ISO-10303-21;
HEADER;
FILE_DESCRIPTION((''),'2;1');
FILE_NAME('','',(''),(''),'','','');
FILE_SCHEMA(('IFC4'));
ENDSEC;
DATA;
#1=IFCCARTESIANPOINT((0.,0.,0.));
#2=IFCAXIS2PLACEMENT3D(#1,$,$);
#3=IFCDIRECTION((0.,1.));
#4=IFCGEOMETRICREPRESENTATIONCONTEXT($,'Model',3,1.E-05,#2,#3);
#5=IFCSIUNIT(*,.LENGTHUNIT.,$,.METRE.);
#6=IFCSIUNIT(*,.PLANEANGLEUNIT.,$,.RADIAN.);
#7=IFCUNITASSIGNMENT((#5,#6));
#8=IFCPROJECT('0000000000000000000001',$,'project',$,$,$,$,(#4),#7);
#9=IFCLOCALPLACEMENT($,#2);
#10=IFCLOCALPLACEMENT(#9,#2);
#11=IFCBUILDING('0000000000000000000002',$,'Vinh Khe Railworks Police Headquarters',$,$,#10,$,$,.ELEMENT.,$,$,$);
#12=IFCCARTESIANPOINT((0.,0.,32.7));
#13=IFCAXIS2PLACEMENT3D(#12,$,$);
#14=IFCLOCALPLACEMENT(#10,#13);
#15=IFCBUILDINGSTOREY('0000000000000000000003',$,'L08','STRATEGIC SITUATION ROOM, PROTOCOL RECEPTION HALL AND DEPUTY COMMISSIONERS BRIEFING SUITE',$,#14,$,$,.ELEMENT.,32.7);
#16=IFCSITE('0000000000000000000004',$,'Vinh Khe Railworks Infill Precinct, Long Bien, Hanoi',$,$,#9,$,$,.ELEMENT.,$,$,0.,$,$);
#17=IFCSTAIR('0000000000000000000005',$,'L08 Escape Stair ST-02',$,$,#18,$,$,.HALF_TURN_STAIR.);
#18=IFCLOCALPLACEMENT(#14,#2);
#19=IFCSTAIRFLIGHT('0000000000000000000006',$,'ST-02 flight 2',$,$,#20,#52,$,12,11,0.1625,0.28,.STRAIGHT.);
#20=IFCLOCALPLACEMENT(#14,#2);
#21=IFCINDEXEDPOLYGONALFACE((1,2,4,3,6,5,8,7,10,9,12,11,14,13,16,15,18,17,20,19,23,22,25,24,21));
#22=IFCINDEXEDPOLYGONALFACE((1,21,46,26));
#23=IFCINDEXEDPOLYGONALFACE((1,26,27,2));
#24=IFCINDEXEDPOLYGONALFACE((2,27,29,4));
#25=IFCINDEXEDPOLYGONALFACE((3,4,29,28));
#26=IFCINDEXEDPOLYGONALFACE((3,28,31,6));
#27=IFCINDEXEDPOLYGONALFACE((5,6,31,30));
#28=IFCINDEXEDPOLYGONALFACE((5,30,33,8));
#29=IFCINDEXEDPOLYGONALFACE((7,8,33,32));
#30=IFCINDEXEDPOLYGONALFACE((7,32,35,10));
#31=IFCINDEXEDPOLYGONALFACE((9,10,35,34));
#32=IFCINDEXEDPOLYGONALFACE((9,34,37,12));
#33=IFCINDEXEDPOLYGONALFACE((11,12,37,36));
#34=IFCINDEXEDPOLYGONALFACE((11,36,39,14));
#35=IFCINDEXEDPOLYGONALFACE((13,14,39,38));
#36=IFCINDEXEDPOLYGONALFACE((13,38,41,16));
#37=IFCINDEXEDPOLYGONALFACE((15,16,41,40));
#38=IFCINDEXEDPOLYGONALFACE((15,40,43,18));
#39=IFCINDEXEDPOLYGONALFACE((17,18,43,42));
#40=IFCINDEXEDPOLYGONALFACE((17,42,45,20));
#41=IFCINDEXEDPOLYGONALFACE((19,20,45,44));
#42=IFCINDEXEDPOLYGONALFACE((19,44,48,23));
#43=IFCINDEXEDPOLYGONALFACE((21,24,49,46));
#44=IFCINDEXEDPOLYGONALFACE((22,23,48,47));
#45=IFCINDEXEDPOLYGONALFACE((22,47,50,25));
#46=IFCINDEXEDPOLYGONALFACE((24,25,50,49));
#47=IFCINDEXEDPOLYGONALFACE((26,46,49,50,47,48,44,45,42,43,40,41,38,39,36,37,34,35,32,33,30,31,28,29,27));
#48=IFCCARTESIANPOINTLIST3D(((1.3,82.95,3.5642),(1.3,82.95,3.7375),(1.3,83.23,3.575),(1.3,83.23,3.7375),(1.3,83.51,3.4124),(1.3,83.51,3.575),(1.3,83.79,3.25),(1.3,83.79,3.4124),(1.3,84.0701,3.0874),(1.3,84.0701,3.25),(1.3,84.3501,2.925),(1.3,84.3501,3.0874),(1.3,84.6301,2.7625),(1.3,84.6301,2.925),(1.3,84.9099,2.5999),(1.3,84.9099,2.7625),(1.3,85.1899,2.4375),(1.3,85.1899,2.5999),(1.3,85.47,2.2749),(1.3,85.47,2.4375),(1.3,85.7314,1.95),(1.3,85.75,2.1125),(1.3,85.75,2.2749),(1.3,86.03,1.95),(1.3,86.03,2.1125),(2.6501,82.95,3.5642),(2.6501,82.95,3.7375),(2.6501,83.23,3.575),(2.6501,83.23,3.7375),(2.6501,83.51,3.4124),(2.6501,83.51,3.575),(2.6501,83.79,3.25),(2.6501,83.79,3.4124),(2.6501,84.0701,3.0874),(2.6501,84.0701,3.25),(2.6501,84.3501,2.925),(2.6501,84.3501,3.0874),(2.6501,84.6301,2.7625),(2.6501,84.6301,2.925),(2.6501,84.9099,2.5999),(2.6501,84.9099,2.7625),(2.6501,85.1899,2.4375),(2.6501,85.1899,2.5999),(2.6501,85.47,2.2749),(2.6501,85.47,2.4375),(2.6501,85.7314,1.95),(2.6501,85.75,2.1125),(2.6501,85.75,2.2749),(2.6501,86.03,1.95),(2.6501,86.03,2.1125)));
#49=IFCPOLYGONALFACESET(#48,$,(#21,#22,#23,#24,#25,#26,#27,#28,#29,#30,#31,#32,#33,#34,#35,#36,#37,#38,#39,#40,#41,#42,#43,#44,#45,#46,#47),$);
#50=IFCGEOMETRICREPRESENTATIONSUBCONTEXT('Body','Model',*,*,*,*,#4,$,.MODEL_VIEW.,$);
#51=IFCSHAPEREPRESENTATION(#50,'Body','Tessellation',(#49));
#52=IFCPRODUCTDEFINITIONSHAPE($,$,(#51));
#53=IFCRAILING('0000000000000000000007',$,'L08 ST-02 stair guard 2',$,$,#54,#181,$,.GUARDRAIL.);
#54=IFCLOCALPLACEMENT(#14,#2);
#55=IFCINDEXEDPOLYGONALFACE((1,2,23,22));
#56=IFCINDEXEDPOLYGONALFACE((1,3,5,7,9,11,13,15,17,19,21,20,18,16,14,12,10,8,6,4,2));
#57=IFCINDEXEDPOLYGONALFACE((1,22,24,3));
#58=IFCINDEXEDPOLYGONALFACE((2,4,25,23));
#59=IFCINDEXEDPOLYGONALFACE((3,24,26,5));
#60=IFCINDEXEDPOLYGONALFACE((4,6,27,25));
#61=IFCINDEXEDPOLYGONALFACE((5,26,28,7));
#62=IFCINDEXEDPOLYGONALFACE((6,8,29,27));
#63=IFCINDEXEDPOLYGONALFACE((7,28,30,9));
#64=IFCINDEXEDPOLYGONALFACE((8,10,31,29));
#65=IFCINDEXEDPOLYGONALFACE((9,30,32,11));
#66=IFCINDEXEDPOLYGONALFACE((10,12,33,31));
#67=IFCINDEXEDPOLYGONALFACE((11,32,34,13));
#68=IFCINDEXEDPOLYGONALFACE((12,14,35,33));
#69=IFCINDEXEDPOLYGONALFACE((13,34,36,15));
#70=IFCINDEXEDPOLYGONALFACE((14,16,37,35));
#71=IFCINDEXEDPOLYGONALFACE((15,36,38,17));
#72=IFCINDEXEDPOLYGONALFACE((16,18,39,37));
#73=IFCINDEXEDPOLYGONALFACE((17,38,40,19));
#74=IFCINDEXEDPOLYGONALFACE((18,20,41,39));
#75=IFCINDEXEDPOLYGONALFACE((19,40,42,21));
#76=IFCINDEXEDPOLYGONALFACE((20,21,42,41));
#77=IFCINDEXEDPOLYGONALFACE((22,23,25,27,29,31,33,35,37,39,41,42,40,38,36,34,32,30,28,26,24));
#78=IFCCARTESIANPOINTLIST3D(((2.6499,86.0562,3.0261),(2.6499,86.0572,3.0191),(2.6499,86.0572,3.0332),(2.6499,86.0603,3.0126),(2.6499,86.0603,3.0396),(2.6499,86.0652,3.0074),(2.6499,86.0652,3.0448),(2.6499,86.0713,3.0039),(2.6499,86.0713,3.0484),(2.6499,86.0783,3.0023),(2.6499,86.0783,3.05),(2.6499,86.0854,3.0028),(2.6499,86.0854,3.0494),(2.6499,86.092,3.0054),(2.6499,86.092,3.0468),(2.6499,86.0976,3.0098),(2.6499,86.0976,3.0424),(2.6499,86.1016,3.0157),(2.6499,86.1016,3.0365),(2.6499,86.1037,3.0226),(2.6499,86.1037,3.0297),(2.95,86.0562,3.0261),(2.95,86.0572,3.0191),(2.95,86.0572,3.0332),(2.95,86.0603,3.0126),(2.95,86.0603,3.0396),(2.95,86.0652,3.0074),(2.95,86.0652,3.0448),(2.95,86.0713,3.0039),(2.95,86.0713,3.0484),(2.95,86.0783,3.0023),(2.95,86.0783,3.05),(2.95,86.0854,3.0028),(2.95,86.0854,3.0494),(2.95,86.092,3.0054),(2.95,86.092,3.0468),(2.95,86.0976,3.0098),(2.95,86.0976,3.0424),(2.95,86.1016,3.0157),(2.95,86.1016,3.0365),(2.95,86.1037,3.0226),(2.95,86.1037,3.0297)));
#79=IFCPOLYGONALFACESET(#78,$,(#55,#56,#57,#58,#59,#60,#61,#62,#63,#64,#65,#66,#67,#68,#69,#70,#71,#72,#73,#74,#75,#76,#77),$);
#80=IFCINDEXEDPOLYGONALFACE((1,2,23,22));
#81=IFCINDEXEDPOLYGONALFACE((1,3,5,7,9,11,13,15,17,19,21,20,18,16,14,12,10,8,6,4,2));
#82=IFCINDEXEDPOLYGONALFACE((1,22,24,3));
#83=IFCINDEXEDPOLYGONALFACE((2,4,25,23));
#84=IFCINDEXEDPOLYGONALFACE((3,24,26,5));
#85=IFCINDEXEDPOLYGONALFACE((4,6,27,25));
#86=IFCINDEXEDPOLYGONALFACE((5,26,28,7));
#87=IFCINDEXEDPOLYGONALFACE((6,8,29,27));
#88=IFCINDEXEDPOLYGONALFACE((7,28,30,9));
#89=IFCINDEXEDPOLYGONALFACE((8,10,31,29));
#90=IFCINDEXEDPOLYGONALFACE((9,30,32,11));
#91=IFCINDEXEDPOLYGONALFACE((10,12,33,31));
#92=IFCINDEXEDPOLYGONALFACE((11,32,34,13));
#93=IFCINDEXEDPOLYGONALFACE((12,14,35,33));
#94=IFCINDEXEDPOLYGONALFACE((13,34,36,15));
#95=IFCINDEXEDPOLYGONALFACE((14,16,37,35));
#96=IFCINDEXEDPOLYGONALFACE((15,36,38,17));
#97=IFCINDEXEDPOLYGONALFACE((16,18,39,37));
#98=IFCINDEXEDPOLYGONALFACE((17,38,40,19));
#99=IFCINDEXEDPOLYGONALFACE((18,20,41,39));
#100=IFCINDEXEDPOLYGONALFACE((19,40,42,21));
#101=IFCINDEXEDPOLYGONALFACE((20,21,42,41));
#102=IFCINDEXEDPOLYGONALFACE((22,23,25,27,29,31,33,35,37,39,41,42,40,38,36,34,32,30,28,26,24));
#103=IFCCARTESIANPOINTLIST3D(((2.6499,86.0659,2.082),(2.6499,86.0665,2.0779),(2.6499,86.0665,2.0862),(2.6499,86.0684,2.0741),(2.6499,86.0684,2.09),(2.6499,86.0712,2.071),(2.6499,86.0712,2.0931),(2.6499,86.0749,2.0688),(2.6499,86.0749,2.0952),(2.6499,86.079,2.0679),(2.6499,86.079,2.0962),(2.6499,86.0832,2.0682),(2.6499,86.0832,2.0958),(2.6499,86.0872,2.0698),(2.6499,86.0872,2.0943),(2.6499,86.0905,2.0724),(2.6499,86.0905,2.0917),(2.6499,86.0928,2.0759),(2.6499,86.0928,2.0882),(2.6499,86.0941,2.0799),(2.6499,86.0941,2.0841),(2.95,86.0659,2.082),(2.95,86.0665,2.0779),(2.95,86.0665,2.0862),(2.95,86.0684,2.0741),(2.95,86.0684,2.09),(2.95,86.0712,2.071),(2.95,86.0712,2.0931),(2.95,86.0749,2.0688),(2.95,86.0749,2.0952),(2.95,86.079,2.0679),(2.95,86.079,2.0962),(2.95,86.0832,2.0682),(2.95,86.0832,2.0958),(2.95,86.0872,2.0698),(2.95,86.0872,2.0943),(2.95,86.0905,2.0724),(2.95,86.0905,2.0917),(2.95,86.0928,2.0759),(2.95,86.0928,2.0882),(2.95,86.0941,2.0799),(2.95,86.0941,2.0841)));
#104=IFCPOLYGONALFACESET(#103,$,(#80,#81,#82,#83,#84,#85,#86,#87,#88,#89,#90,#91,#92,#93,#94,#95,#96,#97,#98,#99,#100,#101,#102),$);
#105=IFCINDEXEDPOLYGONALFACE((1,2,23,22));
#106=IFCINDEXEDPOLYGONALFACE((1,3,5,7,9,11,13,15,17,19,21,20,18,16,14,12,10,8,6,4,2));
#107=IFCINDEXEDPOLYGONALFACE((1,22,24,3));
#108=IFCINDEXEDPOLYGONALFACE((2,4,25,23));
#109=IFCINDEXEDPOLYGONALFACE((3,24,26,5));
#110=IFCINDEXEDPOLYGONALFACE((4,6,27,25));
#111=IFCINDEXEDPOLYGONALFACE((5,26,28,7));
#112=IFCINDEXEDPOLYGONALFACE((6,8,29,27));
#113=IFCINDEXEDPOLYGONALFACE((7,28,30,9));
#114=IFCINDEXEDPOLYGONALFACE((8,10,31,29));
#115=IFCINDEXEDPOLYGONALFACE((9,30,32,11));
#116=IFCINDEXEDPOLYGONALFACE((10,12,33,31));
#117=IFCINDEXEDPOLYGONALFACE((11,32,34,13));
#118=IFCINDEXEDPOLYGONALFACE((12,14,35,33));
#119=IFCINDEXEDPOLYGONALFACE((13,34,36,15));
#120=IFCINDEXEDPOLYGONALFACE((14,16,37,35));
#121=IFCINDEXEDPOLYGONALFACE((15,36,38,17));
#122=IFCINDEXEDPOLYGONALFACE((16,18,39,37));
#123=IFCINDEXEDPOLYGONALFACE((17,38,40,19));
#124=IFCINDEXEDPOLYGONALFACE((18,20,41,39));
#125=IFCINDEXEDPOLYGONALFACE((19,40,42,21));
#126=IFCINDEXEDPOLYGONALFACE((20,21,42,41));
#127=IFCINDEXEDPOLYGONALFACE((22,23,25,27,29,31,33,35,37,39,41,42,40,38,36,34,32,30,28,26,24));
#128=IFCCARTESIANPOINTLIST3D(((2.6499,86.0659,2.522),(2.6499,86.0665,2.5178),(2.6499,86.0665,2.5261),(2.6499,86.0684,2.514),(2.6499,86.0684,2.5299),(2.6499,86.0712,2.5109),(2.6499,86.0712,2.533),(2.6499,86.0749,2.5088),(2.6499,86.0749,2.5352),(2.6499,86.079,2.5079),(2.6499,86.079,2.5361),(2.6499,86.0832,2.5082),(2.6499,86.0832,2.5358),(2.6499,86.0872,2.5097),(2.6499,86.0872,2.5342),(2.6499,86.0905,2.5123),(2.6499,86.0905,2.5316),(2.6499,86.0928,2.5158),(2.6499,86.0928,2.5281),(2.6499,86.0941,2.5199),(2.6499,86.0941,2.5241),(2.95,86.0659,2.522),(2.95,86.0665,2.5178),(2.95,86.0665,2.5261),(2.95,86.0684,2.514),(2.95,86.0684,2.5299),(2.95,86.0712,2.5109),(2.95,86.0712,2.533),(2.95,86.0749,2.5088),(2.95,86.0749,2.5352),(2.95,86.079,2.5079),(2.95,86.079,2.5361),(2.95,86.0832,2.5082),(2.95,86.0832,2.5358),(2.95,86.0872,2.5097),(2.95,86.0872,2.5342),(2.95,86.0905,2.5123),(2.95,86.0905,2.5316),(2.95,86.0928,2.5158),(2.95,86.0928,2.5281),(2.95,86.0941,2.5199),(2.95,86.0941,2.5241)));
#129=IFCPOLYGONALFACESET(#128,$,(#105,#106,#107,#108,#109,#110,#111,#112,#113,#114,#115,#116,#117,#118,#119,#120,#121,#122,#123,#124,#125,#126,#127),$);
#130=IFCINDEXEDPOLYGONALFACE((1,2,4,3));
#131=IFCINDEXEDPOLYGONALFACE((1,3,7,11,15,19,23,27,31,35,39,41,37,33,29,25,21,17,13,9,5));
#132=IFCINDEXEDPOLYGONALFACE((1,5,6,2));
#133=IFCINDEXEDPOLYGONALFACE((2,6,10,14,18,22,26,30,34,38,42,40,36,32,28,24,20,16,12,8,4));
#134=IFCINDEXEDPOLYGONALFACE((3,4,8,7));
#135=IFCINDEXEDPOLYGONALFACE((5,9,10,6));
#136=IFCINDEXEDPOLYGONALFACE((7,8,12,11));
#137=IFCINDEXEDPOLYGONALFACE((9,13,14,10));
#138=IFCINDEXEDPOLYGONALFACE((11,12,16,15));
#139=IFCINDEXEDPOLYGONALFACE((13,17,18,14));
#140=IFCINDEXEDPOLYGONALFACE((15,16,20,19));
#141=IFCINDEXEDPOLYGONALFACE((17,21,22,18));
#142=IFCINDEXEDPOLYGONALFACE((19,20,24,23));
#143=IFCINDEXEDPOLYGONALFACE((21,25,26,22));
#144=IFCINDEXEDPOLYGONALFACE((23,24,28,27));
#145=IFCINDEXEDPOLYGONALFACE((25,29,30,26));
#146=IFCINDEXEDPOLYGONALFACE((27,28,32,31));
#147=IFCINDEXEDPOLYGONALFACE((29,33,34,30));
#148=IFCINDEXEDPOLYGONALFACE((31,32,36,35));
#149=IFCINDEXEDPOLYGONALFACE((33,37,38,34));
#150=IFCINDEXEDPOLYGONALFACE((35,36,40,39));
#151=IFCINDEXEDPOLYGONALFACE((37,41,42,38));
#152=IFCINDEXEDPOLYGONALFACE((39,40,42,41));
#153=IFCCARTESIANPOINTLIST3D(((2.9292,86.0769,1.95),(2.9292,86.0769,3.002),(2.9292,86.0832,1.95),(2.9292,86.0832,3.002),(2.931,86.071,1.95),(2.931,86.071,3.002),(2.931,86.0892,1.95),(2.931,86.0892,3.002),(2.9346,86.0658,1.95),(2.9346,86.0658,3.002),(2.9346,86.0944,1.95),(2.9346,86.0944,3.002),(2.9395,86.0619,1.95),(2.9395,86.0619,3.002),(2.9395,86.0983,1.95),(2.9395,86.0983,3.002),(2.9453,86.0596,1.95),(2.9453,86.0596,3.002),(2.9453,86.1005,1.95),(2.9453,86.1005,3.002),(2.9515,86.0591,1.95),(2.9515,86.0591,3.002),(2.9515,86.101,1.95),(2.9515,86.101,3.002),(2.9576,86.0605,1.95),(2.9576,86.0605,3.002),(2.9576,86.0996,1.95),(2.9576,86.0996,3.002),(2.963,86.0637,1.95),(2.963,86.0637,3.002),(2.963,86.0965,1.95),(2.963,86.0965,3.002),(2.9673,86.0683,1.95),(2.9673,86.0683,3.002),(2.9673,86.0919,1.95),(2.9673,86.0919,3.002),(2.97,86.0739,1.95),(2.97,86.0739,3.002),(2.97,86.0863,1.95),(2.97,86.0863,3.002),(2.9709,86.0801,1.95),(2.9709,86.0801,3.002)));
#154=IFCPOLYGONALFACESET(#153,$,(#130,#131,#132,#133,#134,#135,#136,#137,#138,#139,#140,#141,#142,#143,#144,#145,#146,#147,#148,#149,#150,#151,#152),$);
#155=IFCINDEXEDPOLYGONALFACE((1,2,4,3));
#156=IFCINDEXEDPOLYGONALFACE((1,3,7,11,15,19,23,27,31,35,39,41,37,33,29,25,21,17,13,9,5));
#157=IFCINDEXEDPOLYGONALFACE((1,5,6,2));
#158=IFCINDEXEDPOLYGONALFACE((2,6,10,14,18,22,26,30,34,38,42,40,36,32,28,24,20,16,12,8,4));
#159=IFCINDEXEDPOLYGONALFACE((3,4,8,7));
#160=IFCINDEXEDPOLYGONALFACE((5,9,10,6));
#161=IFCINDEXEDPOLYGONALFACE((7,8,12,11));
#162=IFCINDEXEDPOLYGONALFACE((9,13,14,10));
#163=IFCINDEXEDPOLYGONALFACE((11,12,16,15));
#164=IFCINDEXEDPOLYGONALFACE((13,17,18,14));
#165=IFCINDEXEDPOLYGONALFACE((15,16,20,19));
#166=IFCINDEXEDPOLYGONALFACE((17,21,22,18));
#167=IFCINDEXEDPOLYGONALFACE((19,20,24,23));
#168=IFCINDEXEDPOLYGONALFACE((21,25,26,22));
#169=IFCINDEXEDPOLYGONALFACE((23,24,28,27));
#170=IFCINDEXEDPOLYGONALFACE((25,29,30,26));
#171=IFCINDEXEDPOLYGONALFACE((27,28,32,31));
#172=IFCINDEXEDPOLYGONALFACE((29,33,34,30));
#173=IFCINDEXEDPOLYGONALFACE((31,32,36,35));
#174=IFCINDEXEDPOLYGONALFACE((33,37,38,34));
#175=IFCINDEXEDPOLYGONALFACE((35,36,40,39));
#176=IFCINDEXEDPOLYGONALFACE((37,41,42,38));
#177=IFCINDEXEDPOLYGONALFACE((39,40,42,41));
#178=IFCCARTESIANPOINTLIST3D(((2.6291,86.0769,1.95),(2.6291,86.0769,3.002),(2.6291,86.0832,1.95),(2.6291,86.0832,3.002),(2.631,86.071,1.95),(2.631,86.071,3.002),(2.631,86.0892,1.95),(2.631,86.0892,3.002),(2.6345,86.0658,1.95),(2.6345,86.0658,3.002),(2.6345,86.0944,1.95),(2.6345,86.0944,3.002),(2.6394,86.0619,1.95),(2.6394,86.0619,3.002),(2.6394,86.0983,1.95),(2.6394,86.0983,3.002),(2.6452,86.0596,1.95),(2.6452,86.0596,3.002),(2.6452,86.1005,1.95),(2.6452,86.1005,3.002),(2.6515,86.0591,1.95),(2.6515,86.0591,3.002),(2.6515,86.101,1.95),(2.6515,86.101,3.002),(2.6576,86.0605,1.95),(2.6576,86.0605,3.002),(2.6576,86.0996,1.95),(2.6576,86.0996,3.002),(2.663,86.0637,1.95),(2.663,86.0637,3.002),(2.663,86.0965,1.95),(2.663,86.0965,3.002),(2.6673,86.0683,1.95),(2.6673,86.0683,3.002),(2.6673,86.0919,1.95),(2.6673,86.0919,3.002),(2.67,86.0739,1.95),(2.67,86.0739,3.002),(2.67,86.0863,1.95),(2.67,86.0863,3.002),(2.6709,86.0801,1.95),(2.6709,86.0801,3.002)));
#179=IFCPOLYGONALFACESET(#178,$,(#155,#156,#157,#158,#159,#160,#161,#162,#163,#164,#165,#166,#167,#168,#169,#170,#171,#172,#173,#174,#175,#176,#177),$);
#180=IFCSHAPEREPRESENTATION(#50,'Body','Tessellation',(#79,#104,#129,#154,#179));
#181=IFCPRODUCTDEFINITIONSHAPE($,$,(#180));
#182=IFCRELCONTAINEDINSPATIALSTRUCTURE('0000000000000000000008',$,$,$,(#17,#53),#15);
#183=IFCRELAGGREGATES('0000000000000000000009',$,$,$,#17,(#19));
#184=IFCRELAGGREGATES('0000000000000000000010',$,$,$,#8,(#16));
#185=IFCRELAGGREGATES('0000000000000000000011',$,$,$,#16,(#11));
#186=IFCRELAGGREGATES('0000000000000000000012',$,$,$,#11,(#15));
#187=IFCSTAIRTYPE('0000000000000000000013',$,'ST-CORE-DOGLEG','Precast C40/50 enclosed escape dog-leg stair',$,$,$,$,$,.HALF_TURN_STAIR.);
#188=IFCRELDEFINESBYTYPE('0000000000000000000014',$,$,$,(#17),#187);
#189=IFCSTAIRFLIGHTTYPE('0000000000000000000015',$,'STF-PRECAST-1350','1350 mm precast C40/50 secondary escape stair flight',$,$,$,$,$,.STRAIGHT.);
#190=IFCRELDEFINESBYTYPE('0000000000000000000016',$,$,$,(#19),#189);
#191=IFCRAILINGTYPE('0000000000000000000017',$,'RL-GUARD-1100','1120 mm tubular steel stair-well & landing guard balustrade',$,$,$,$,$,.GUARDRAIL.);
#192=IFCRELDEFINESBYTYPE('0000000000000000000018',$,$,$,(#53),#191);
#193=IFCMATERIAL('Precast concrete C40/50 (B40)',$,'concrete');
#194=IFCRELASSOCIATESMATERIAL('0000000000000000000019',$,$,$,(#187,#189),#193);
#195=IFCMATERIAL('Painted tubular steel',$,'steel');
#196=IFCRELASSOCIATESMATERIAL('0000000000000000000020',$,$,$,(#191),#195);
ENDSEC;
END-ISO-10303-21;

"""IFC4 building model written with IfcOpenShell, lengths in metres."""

from ifc_helpers import new_model, si_unit, direction, frame, origin, origin_2d, place, context, subcontext, project, spatial, polyline, circle, outline, extrude, material, type_object, element, aggregate, save


model = new_model("IFC4")

# Units and contexts
model_context = context("Model", 3, precision=1e-05, world=origin(), true_north=direction((0.0, 1.0)))
body_context = subcontext(model_context, "Body", "Model", "MODEL_VIEW")
ifc_project = project(units=[si_unit("LENGTHUNIT", "METRE"), si_unit("PLANEANGLEUNIT", "RADIAN")], contexts=[model_context])

# Site, building, storey
site_placement = place(None, origin())
site = spatial("IfcSite", under=ifc_project, at=site_placement, Name="Vinh Khe Railworks Infill Precinct, Long Bien, Hanoi", CompositionType="ELEMENT", RefElevation=0.0)
building_placement = place(site_placement, origin())
building = spatial("IfcBuilding", under=site, at=building_placement, Name="Vinh Khe Railworks Police Headquarters", CompositionType="ELEMENT")
storey_placement = place(building_placement, frame((0.0, 0.0, 32.7)))
storey = spatial("IfcBuildingStorey", under=building, at=storey_placement, Name="L08", Description="STRATEGIC SITUATION ROOM, PROTOCOL RECEPTION HALL AND DEPUTY COMMISSIONERS BRIEFING SUITE", CompositionType="ELEMENT", Elevation=32.7)

# Stair, stair flight
ifc_material_1 = material(Name="Precast concrete C40/50 (B40)", Category="concrete")
stair_type = type_object("IfcStairType", Name="ST-CORE-DOGLEG", Description="Precast C40/50 enclosed escape dog-leg stair", PredefinedType="HALF_TURN_STAIR", material=ifc_material_1)
stair_placement = place(storey_placement, origin())
stair = element("IfcStair", 1, at=stair_placement, inside=storey, type_object=stair_type, Name="L08 Escape Stair ST-02", PredefinedType="HALF_TURN_STAIR")
stair_flight_type = type_object("IfcStairFlightType", Name="STF-PRECAST-1350", Description="1350 mm precast C40/50 secondary escape stair flight", PredefinedType="STRAIGHT", material=ifc_material_1)
stair_flight_1_placement = place(storey_placement, frame((1.9751, 86.03, 1.95), z_axis=(0.0, 0.0, 1.0), x_axis=(0.0, -1.0, 0.0)))
stair_flight_1 = element("IfcStairFlight", 2, at=stair_flight_1_placement, type_object=stair_flight_type, Name="ST-02 flight 2", NumberOfRisers=12, NumberOfTreads=11, PredefinedType="STRAIGHT", RiserHeight=0.1625, TreadLength=0.28, context=body_context, shape_type="SweptSolid", body=[
    extrude(outline(polyline([(0.0, 0.0), (0.0, 0.1626), (0.28, 0.1626), (0.28, 0.325), (0.5601, 0.325), (0.5601, 0.4875), (0.8401, 0.4875), (0.8401, 0.6499), (1.1201, 0.6499), (1.1201, 0.8125), (1.3999, 0.8125), (1.3999, 0.9751), (1.6799, 0.9751), (1.6799, 1.1375), (1.96, 1.1375), (1.96, 1.3), (2.24, 1.3), (2.24, 1.4624), (2.52, 1.4624), (2.52, 1.625), (2.8, 1.625), (2.8, 1.7876), (3.0801, 1.7876), (3.0801, 1.95), (3.0801, 1.6143), (0.2986, 0.0), (0.0, 0.0)])), frame((0.0, 0.675, 0.0), z_axis=(0.0, -1.0, 0.0), x_axis=(1.0, 0.0, 0.0)), (0.0, 0.0, 1.0), 1.3501),
])
aggregate(stair, [stair_flight_1])

# Railing
ifc_material_2 = material(Name="Painted tubular steel", Category="steel")
railing_type_1 = type_object("IfcRailingType", Name="RL-GUARD-1100", Description="1120 mm tubular steel stair-well & landing guard balustrade", PredefinedType="GUARDRAIL", material=ifc_material_2)
railing_1_placement = place(storey_placement, frame((2.95, 86.0801, 1.95)))
element("IfcRailing", 3, at=railing_1_placement, inside=storey, type_object=railing_type_1, Name="L08 ST-02 stair guard 2", PredefinedType="GUARDRAIL", context=body_context, shape_type="SweptSolid", body=[
    extrude(circle(Radius=0.0239, at=origin_2d()), frame((0.0, 0.0, 1.0762), z_axis=(-1.0, 0.0, 0.0), x_axis=(0.0, -1.0, 0.0)), (0.0, 0.0, 1.0), 0.3),
    extrude(circle(Radius=0.0142, at=origin_2d()), frame((0.0, 0.0, 0.1321), z_axis=(-1.0, 0.0, 0.0), x_axis=(0.0, -1.0, 0.0)), (0.0, 0.0, 1.0), 0.3),
    extrude(circle(Radius=0.0142, at=origin_2d()), frame((0.0, 0.0, 0.572), z_axis=(-1.0, 0.0, 0.0), x_axis=(0.0, -1.0, 0.0)), (0.0, 0.0, 1.0), 0.3),
    extrude(circle(Radius=0.021, at=origin_2d()), origin(), (0.0, 0.0, 1.0), 1.052),
    extrude(circle(Radius=0.021, at=origin_2d()), frame((-0.3, 0.0, 0.0)), (0.0, 0.0, 1.0), 1.052),
])

save(model, "model.ifc")
